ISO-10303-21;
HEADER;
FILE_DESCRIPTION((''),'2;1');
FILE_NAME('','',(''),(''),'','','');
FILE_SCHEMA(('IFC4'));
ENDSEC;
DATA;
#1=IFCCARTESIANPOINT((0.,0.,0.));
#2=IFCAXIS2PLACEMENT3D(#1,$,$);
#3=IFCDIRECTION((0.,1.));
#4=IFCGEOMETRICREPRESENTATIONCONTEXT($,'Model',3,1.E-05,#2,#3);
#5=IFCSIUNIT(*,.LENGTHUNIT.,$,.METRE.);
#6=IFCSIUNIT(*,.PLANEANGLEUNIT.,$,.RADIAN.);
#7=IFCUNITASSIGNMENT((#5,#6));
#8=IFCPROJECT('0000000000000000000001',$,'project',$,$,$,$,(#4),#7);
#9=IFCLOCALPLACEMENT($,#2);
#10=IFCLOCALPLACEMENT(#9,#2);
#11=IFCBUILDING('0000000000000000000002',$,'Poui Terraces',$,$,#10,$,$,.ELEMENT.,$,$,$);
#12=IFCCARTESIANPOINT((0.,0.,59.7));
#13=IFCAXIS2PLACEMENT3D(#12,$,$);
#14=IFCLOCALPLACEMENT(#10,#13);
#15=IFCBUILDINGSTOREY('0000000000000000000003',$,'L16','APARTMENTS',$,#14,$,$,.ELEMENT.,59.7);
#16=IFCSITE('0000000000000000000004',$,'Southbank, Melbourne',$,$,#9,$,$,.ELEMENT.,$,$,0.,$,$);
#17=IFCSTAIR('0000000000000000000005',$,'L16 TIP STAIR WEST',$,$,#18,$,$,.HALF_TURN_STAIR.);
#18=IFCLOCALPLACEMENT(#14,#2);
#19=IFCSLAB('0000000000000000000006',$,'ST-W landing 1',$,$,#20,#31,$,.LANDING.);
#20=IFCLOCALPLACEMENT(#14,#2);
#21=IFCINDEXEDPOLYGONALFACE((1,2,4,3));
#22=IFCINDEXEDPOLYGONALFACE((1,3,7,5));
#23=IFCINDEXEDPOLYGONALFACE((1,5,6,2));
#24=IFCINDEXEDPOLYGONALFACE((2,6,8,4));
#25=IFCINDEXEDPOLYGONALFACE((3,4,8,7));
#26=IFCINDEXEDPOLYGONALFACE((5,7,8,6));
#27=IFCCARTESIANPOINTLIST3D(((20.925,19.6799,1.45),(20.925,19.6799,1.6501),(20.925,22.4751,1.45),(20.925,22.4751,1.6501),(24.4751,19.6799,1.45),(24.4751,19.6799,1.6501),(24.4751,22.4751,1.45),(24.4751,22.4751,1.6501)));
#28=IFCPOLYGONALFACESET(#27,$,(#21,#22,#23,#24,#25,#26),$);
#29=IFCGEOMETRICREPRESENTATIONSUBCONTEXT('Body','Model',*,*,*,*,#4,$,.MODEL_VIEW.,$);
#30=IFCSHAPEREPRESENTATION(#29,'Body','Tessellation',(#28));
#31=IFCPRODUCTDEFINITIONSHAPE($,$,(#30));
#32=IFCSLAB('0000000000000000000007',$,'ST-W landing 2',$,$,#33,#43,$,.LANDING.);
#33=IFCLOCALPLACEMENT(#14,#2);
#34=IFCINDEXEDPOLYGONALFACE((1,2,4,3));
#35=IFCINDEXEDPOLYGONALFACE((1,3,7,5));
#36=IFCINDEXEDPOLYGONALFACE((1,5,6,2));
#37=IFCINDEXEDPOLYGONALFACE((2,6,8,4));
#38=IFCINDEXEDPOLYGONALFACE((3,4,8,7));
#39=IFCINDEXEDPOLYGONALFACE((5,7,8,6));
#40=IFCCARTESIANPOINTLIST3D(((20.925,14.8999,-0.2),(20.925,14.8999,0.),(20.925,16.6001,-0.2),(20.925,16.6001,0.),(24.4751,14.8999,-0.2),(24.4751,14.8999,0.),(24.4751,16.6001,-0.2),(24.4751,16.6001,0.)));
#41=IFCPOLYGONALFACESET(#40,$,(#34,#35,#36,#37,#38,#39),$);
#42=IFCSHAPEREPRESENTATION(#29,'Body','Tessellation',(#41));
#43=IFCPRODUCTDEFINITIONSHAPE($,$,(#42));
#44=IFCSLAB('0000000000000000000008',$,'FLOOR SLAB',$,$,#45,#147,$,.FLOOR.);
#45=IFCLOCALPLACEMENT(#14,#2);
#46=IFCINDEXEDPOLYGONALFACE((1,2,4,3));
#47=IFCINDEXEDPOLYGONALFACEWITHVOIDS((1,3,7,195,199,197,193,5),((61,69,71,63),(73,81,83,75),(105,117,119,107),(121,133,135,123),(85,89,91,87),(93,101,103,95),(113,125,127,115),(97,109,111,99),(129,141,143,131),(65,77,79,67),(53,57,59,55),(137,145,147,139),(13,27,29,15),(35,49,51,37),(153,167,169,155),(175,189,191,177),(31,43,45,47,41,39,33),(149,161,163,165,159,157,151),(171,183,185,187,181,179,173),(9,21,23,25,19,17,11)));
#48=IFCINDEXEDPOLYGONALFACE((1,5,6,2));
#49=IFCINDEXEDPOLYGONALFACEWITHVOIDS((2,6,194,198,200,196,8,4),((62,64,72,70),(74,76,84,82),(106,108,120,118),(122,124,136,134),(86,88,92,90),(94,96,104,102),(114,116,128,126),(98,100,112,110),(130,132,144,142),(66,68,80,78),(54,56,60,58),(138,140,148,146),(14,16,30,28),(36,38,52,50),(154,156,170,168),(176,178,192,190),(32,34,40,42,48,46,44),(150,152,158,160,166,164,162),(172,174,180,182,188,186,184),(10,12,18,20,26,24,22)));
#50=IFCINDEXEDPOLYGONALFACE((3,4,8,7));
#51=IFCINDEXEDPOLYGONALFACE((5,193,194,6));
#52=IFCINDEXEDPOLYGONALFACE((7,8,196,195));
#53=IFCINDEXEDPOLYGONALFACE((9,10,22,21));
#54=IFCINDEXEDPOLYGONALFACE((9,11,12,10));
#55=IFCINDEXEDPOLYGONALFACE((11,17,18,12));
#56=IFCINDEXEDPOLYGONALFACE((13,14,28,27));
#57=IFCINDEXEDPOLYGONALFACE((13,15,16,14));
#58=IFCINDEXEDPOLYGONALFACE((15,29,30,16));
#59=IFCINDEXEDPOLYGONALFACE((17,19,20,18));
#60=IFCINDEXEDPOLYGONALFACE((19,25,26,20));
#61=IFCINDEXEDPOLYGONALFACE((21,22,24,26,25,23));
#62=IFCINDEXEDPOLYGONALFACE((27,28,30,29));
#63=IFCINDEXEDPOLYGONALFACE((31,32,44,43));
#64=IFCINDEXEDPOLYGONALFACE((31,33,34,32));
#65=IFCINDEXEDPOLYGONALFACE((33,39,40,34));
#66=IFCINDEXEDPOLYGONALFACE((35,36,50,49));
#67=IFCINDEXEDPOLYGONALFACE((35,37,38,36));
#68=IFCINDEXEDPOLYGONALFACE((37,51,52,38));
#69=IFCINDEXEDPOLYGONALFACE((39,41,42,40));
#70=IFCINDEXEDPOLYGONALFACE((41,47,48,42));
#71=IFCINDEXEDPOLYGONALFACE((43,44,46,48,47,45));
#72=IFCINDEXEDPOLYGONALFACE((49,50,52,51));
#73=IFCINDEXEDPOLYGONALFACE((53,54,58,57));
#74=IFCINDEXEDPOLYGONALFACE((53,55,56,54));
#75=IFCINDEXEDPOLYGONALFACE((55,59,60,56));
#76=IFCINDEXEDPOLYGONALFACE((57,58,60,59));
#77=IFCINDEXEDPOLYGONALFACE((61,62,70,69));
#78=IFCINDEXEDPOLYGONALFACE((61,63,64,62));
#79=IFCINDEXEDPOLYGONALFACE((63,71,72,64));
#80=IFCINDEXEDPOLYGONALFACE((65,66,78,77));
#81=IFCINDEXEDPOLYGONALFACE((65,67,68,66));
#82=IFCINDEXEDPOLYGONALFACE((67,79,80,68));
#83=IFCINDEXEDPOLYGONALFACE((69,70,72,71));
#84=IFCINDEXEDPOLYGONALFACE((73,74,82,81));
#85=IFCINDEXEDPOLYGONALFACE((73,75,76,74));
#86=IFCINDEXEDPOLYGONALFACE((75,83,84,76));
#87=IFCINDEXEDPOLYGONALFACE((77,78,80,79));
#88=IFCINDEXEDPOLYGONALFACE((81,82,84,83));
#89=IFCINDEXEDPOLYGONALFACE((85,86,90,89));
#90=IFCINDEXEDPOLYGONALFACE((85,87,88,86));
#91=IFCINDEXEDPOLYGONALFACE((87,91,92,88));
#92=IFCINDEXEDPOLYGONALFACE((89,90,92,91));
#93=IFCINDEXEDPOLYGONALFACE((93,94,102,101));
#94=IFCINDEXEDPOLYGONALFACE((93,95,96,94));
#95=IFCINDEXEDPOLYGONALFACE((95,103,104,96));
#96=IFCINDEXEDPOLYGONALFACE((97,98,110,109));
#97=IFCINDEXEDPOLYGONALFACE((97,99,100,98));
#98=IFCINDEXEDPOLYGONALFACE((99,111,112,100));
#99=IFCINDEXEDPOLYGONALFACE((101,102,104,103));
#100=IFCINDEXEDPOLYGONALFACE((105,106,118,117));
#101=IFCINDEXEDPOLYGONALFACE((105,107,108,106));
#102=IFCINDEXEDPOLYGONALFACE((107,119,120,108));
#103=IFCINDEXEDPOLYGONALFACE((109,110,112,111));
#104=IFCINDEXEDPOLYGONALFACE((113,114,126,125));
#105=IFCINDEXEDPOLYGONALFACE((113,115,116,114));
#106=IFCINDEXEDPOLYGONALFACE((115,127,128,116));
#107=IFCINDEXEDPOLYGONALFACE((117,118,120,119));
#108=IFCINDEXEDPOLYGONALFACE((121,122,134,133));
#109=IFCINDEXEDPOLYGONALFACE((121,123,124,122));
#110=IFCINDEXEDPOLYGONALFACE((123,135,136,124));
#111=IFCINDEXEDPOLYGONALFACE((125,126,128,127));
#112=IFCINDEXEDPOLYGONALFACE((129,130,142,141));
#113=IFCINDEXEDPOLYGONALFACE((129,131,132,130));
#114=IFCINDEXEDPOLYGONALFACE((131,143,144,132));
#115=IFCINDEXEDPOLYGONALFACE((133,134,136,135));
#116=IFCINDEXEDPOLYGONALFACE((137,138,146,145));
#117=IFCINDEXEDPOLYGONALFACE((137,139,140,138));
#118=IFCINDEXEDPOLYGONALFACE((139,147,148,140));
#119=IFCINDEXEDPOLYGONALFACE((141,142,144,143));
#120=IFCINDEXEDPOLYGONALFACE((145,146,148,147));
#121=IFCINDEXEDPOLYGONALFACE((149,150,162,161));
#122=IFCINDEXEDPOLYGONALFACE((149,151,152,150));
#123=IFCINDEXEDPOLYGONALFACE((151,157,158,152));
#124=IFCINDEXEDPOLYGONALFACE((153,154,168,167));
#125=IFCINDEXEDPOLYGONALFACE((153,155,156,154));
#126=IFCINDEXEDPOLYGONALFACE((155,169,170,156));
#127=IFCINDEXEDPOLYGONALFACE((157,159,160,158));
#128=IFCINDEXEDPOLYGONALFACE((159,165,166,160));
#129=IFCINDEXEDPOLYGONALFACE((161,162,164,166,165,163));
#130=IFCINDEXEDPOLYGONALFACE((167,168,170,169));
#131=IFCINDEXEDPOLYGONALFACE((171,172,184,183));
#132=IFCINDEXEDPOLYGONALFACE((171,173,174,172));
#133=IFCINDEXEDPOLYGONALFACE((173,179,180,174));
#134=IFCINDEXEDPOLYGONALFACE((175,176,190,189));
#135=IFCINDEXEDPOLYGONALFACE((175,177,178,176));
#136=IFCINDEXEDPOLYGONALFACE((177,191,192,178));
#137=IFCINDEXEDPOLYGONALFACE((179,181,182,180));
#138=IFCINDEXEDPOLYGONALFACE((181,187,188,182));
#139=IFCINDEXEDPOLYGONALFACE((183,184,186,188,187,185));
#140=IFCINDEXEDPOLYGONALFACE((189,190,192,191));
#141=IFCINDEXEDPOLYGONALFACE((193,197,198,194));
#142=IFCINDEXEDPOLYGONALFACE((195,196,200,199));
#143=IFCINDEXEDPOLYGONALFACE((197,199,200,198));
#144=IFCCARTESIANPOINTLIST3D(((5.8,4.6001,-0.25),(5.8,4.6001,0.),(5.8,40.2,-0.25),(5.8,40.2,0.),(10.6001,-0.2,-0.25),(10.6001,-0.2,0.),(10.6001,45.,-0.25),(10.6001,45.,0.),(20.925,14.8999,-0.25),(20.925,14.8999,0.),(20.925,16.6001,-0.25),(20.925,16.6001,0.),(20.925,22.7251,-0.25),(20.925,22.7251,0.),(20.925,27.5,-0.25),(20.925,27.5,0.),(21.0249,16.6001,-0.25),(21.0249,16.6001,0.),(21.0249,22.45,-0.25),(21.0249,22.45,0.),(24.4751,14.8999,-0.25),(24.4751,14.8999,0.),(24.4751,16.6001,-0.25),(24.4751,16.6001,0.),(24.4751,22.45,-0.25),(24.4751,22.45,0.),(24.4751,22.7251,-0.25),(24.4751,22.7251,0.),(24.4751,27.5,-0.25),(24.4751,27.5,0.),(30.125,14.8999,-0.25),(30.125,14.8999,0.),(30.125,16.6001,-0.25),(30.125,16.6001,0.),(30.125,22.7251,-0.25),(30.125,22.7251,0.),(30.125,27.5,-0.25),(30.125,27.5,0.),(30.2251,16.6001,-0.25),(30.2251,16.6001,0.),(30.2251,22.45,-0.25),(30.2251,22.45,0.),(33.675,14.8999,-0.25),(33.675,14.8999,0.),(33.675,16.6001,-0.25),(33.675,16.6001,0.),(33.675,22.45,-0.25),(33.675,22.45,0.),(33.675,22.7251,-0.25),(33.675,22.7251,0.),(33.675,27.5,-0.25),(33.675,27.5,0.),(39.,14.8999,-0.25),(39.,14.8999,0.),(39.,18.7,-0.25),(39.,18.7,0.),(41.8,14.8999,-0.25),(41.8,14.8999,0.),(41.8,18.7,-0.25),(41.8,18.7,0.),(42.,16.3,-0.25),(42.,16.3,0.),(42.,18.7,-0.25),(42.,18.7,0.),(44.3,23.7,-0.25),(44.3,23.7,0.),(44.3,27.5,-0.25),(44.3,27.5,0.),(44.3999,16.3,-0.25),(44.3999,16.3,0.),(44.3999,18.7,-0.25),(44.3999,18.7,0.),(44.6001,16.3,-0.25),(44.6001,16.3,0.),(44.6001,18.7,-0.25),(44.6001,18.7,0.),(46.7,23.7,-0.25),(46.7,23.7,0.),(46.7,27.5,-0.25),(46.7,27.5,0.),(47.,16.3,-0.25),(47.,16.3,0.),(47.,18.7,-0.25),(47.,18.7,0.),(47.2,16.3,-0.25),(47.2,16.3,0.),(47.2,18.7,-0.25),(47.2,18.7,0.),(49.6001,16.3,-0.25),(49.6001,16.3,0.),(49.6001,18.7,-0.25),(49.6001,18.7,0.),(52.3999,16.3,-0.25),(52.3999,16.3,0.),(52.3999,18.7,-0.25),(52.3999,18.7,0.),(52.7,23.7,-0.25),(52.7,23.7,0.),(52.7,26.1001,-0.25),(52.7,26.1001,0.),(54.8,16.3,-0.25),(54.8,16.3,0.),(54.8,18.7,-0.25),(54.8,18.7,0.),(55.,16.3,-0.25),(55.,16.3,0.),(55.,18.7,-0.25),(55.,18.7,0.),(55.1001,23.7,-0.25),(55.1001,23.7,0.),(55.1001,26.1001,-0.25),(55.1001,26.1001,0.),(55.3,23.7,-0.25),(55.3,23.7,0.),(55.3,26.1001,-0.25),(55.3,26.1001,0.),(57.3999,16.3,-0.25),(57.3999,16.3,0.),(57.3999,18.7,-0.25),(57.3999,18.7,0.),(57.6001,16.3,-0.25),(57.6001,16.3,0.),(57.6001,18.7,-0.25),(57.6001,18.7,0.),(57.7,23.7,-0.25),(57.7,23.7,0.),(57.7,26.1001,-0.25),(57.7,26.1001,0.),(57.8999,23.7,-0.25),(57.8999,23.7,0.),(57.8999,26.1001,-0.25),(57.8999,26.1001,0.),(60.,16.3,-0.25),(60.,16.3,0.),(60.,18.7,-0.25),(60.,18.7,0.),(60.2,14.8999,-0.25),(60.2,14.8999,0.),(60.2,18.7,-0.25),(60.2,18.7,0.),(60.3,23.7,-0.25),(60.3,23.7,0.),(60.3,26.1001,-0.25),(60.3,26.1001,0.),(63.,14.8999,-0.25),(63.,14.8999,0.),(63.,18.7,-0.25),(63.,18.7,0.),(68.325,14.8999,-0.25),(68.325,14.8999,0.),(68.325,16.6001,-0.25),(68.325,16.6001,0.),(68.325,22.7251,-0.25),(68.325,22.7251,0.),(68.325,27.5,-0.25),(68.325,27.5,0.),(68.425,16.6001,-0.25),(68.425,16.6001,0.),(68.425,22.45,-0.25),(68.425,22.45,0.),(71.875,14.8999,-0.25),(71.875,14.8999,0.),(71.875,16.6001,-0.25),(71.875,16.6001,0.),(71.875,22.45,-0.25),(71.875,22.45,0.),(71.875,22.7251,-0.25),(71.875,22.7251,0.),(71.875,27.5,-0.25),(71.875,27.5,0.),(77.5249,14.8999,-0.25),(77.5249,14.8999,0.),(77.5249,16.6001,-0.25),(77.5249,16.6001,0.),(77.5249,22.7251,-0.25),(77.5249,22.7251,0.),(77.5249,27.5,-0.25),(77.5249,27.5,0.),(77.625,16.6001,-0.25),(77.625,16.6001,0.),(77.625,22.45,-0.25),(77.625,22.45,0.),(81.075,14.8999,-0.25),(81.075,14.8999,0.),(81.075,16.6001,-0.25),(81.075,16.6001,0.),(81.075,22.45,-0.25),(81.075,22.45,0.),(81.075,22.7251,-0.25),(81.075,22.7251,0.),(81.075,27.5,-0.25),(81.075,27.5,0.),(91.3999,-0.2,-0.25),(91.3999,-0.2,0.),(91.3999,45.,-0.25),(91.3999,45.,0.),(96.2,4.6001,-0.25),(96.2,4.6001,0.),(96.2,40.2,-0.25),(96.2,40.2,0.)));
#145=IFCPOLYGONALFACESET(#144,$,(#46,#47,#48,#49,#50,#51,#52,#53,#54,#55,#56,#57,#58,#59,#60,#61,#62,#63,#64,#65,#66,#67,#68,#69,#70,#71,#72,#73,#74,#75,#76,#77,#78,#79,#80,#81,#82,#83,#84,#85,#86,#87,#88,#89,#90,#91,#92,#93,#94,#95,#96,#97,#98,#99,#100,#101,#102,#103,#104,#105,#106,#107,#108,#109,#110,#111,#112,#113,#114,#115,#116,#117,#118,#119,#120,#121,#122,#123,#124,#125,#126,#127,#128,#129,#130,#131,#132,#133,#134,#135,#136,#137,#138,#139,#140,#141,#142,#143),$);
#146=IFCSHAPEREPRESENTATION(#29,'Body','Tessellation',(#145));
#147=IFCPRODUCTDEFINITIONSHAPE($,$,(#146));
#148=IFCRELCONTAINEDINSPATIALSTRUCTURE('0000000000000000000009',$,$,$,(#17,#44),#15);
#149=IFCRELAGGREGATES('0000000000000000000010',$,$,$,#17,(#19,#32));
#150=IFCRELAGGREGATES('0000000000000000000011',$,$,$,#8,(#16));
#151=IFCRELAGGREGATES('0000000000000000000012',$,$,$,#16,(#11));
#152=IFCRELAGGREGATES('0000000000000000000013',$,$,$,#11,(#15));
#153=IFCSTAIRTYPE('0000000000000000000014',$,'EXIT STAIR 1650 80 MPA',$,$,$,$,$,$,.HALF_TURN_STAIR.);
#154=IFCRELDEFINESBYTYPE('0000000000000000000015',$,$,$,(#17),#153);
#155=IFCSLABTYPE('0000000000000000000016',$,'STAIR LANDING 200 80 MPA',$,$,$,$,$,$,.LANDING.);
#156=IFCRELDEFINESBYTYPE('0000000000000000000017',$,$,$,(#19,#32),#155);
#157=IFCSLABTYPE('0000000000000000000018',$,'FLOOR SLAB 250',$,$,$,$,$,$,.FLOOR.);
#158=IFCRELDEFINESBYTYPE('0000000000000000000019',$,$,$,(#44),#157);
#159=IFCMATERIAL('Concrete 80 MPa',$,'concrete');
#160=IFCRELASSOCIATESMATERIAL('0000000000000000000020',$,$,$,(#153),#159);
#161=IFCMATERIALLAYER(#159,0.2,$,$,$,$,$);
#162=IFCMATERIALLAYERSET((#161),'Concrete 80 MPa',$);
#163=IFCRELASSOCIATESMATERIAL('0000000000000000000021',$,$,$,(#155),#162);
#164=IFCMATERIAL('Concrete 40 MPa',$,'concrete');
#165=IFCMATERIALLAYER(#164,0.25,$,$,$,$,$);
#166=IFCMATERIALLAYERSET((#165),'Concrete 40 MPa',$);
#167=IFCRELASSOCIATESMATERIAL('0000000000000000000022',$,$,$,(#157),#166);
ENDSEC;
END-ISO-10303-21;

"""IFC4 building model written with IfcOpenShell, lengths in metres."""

from ifc_helpers import new_model, si_unit, direction, frame, origin, place, context, subcontext, project, spatial, polyline, outline, extrude, source, transform, mapped, material, layer, layer_set, type_object, element, aggregate, save


model = new_model("IFC4")

# Units and contexts
model_context = context("Model", 3, precision=1e-05, world=origin(), true_north=direction((0.0, 1.0)))
body_context = subcontext(model_context, "Body", "Model", "MODEL_VIEW")
ifc_project = project(units=[si_unit("LENGTHUNIT", "METRE"), si_unit("PLANEANGLEUNIT", "RADIAN")], contexts=[model_context])

# Site, building, storey
site_placement = place(None, origin())
site = spatial("IfcSite", under=ifc_project, at=site_placement, Name="Southbank, Melbourne", CompositionType="ELEMENT", RefElevation=0.0)
building_placement = place(site_placement, origin())
building = spatial("IfcBuilding", under=site, at=building_placement, Name="Poui Terraces", CompositionType="ELEMENT")
storey_placement = place(building_placement, frame((0.0, 0.0, 59.7)))
storey = spatial("IfcBuildingStorey", under=building, at=storey_placement, Name="L16", Description="APARTMENTS", CompositionType="ELEMENT", Elevation=59.7)

# Stair, slabs
ifc_material_1 = material(Name="Concrete 80 MPa", Category="concrete")
stair_type = type_object("IfcStairType", Name="EXIT STAIR 1650 80 MPA", PredefinedType="HALF_TURN_STAIR", material=ifc_material_1)
stair_placement = place(storey_placement, origin())
stair = element("IfcStair", 1, at=stair_placement, inside=storey, type_object=stair_type, Name="L16 TIP STAIR WEST", PredefinedType="HALF_TURN_STAIR")
ifc_layer_1 = layer(ifc_material_1, 0.2)
ifc_layer_set_1 = layer_set([ifc_layer_1], Name="Concrete 80 MPa")
slab_type_1 = type_object("IfcSlabType", Name="STAIR LANDING 200 80 MPA", PredefinedType="LANDING", material=ifc_layer_set_1)
slab_1_placement = place(storey_placement, frame((0.0, 0.0, 1.45)))
slab_1 = element("IfcSlab", 2, at=slab_1_placement, type_object=slab_type_1, Name="ST-W landing 1", PredefinedType="LANDING", context=body_context, shape_type="SweptSolid", body=[
    extrude(outline(polyline([(20.925, 19.6799), (24.4751, 19.6799), (24.4751, 22.4751), (20.925, 22.4751), (20.925, 19.6799)])), origin(), (0.0, 0.0, 1.0), 0.2002),
])
slab_2_placement = place(storey_placement, frame((0.0, 0.0, -0.2)))
slab_2 = element("IfcSlab", 3, at=slab_2_placement, type_object=slab_type_1, Name="ST-W landing 2", PredefinedType="LANDING", context=body_context, shape_type="SweptSolid", body=[
    extrude(outline(polyline([(20.925, 14.8999), (24.4751, 14.8999), (24.4751, 16.6001), (20.925, 16.6001), (20.925, 14.8999)])), origin(), (0.0, 0.0, 1.0), 0.2),
])
aggregate(stair, [slab_1, slab_2])

# Slab
ifc_material_2 = material(Name="Concrete 40 MPa", Category="concrete")
ifc_layer_2 = layer(ifc_material_2, 0.25)
ifc_layer_set_2 = layer_set([ifc_layer_2], Name="Concrete 40 MPa")
slab_type_2 = type_object("IfcSlabType", Name="FLOOR SLAB 250", PredefinedType="FLOOR", material=ifc_layer_set_2)
shared_shape = source(origin(), body_context, "Body", "SweptSolid", [
    extrude(outline(polyline([(0.0, 0.0), (4.8, -4.8), (85.5999, -4.8), (90.3999, 0.0), (90.3999, 35.5999), (85.5999, 40.3999), (4.8, 40.3999), (0.0, 35.5999), (0.0, 0.0)]), holes=[polyline([(33.2, 10.2998), (33.2, 14.0999), (36.0, 14.0999), (36.0, 10.2998), (33.2, 10.2998)]), polyline([(36.2, 11.7), (36.2, 14.0999), (38.5999, 14.0999), (38.5999, 11.7), (36.2, 11.7)]), polyline([(38.8, 11.7), (38.8, 14.0999), (41.2, 14.0999), (41.2, 11.7), (38.8, 11.7)]), polyline([(41.3999, 14.0999), (43.8, 14.0999), (43.8, 11.7), (41.3999, 11.7), (41.3999, 14.0999)]), polyline([(46.5999, 14.0999), (49.0, 14.0999), (49.0, 11.7), (46.5999, 11.7), (46.5999, 14.0999)]), polyline([(15.2249, 17.8499), (18.675, 17.8499), (18.675, 12.0), (18.675, 10.2998), (15.125, 10.2998), (15.125, 12.0), (15.2249, 12.0), (15.2249, 17.8499)]), polyline([(24.425, 17.8499), (27.875, 17.8499), (27.875, 12.0), (27.875, 10.2998), (24.325, 10.2998), (24.325, 12.0), (24.425, 12.0), (24.425, 17.8499)]), polyline([(15.125, 18.125), (15.125, 22.8999), (18.675, 22.8999), (18.675, 18.125), (15.125, 18.125)]), polyline([(24.325, 22.8999), (27.875, 22.8999), (27.875, 18.125), (24.325, 18.125), (24.325, 22.8999)]), polyline([(38.5, 22.8999), (40.8999, 22.8999), (40.8999, 19.0999), (38.5, 19.0999), (38.5, 22.8999)]), polyline([(54.3999, 10.2998), (54.3999, 14.0999), (57.2, 14.0999), (57.2, 10.2998), (54.3999, 10.2998)]), polyline([(49.2, 11.7), (49.2, 14.0999), (51.5999, 14.0999), (51.5999, 11.7), (49.2, 11.7)]), polyline([(51.8, 11.7), (51.8, 14.0999), (54.2, 14.0999), (54.2, 11.7), (51.8, 11.7)]), polyline([(66.075, 17.8499), (66.075, 12.0), (66.075, 10.2998), (62.5249, 10.2998), (62.5249, 12.0), (62.625, 12.0), (62.625, 17.8499), (66.075, 17.8499)]), polyline([(75.2749, 17.8499), (75.2749, 12.0), (75.2749, 10.2998), (71.7249, 10.2998), (71.7249, 12.0), (71.825, 12.0), (71.825, 17.8499), (75.2749, 17.8499)]), polyline([(46.8999, 19.0999), (46.8999, 21.5), (49.3, 21.5), (49.3, 19.0999), (46.8999, 19.0999)]), polyline([(49.5, 19.0999), (49.5, 21.5), (51.8999, 21.5), (51.8999, 19.0999), (49.5, 19.0999)]), polyline([(52.0999, 19.0999), (52.0999, 21.5), (54.5, 21.5), (54.5, 19.0999), (52.0999, 19.0999)]), polyline([(62.5249, 22.8999), (66.075, 22.8999), (66.075, 18.125), (62.5249, 18.125), (62.5249, 22.8999)]), polyline([(71.7249, 22.8999), (75.2749, 22.8999), (75.2749, 18.125), (71.7249, 18.125), (71.7249, 22.8999)])]), origin(), (0.0, 0.0, 1.0), 0.25),
])
slab_3_placement = place(storey_placement, frame((5.8, 4.6001, -0.25)))
element("IfcSlab", 4, at=slab_3_placement, inside=storey, type_object=slab_type_2, Name="FLOOR SLAB", PredefinedType="FLOOR", context=body_context, shape_type="MappedRepresentation", body=[
    mapped(shared_shape, transform((0.0, 0.0, 0.0))),
])

save(model, "model.ifc")
